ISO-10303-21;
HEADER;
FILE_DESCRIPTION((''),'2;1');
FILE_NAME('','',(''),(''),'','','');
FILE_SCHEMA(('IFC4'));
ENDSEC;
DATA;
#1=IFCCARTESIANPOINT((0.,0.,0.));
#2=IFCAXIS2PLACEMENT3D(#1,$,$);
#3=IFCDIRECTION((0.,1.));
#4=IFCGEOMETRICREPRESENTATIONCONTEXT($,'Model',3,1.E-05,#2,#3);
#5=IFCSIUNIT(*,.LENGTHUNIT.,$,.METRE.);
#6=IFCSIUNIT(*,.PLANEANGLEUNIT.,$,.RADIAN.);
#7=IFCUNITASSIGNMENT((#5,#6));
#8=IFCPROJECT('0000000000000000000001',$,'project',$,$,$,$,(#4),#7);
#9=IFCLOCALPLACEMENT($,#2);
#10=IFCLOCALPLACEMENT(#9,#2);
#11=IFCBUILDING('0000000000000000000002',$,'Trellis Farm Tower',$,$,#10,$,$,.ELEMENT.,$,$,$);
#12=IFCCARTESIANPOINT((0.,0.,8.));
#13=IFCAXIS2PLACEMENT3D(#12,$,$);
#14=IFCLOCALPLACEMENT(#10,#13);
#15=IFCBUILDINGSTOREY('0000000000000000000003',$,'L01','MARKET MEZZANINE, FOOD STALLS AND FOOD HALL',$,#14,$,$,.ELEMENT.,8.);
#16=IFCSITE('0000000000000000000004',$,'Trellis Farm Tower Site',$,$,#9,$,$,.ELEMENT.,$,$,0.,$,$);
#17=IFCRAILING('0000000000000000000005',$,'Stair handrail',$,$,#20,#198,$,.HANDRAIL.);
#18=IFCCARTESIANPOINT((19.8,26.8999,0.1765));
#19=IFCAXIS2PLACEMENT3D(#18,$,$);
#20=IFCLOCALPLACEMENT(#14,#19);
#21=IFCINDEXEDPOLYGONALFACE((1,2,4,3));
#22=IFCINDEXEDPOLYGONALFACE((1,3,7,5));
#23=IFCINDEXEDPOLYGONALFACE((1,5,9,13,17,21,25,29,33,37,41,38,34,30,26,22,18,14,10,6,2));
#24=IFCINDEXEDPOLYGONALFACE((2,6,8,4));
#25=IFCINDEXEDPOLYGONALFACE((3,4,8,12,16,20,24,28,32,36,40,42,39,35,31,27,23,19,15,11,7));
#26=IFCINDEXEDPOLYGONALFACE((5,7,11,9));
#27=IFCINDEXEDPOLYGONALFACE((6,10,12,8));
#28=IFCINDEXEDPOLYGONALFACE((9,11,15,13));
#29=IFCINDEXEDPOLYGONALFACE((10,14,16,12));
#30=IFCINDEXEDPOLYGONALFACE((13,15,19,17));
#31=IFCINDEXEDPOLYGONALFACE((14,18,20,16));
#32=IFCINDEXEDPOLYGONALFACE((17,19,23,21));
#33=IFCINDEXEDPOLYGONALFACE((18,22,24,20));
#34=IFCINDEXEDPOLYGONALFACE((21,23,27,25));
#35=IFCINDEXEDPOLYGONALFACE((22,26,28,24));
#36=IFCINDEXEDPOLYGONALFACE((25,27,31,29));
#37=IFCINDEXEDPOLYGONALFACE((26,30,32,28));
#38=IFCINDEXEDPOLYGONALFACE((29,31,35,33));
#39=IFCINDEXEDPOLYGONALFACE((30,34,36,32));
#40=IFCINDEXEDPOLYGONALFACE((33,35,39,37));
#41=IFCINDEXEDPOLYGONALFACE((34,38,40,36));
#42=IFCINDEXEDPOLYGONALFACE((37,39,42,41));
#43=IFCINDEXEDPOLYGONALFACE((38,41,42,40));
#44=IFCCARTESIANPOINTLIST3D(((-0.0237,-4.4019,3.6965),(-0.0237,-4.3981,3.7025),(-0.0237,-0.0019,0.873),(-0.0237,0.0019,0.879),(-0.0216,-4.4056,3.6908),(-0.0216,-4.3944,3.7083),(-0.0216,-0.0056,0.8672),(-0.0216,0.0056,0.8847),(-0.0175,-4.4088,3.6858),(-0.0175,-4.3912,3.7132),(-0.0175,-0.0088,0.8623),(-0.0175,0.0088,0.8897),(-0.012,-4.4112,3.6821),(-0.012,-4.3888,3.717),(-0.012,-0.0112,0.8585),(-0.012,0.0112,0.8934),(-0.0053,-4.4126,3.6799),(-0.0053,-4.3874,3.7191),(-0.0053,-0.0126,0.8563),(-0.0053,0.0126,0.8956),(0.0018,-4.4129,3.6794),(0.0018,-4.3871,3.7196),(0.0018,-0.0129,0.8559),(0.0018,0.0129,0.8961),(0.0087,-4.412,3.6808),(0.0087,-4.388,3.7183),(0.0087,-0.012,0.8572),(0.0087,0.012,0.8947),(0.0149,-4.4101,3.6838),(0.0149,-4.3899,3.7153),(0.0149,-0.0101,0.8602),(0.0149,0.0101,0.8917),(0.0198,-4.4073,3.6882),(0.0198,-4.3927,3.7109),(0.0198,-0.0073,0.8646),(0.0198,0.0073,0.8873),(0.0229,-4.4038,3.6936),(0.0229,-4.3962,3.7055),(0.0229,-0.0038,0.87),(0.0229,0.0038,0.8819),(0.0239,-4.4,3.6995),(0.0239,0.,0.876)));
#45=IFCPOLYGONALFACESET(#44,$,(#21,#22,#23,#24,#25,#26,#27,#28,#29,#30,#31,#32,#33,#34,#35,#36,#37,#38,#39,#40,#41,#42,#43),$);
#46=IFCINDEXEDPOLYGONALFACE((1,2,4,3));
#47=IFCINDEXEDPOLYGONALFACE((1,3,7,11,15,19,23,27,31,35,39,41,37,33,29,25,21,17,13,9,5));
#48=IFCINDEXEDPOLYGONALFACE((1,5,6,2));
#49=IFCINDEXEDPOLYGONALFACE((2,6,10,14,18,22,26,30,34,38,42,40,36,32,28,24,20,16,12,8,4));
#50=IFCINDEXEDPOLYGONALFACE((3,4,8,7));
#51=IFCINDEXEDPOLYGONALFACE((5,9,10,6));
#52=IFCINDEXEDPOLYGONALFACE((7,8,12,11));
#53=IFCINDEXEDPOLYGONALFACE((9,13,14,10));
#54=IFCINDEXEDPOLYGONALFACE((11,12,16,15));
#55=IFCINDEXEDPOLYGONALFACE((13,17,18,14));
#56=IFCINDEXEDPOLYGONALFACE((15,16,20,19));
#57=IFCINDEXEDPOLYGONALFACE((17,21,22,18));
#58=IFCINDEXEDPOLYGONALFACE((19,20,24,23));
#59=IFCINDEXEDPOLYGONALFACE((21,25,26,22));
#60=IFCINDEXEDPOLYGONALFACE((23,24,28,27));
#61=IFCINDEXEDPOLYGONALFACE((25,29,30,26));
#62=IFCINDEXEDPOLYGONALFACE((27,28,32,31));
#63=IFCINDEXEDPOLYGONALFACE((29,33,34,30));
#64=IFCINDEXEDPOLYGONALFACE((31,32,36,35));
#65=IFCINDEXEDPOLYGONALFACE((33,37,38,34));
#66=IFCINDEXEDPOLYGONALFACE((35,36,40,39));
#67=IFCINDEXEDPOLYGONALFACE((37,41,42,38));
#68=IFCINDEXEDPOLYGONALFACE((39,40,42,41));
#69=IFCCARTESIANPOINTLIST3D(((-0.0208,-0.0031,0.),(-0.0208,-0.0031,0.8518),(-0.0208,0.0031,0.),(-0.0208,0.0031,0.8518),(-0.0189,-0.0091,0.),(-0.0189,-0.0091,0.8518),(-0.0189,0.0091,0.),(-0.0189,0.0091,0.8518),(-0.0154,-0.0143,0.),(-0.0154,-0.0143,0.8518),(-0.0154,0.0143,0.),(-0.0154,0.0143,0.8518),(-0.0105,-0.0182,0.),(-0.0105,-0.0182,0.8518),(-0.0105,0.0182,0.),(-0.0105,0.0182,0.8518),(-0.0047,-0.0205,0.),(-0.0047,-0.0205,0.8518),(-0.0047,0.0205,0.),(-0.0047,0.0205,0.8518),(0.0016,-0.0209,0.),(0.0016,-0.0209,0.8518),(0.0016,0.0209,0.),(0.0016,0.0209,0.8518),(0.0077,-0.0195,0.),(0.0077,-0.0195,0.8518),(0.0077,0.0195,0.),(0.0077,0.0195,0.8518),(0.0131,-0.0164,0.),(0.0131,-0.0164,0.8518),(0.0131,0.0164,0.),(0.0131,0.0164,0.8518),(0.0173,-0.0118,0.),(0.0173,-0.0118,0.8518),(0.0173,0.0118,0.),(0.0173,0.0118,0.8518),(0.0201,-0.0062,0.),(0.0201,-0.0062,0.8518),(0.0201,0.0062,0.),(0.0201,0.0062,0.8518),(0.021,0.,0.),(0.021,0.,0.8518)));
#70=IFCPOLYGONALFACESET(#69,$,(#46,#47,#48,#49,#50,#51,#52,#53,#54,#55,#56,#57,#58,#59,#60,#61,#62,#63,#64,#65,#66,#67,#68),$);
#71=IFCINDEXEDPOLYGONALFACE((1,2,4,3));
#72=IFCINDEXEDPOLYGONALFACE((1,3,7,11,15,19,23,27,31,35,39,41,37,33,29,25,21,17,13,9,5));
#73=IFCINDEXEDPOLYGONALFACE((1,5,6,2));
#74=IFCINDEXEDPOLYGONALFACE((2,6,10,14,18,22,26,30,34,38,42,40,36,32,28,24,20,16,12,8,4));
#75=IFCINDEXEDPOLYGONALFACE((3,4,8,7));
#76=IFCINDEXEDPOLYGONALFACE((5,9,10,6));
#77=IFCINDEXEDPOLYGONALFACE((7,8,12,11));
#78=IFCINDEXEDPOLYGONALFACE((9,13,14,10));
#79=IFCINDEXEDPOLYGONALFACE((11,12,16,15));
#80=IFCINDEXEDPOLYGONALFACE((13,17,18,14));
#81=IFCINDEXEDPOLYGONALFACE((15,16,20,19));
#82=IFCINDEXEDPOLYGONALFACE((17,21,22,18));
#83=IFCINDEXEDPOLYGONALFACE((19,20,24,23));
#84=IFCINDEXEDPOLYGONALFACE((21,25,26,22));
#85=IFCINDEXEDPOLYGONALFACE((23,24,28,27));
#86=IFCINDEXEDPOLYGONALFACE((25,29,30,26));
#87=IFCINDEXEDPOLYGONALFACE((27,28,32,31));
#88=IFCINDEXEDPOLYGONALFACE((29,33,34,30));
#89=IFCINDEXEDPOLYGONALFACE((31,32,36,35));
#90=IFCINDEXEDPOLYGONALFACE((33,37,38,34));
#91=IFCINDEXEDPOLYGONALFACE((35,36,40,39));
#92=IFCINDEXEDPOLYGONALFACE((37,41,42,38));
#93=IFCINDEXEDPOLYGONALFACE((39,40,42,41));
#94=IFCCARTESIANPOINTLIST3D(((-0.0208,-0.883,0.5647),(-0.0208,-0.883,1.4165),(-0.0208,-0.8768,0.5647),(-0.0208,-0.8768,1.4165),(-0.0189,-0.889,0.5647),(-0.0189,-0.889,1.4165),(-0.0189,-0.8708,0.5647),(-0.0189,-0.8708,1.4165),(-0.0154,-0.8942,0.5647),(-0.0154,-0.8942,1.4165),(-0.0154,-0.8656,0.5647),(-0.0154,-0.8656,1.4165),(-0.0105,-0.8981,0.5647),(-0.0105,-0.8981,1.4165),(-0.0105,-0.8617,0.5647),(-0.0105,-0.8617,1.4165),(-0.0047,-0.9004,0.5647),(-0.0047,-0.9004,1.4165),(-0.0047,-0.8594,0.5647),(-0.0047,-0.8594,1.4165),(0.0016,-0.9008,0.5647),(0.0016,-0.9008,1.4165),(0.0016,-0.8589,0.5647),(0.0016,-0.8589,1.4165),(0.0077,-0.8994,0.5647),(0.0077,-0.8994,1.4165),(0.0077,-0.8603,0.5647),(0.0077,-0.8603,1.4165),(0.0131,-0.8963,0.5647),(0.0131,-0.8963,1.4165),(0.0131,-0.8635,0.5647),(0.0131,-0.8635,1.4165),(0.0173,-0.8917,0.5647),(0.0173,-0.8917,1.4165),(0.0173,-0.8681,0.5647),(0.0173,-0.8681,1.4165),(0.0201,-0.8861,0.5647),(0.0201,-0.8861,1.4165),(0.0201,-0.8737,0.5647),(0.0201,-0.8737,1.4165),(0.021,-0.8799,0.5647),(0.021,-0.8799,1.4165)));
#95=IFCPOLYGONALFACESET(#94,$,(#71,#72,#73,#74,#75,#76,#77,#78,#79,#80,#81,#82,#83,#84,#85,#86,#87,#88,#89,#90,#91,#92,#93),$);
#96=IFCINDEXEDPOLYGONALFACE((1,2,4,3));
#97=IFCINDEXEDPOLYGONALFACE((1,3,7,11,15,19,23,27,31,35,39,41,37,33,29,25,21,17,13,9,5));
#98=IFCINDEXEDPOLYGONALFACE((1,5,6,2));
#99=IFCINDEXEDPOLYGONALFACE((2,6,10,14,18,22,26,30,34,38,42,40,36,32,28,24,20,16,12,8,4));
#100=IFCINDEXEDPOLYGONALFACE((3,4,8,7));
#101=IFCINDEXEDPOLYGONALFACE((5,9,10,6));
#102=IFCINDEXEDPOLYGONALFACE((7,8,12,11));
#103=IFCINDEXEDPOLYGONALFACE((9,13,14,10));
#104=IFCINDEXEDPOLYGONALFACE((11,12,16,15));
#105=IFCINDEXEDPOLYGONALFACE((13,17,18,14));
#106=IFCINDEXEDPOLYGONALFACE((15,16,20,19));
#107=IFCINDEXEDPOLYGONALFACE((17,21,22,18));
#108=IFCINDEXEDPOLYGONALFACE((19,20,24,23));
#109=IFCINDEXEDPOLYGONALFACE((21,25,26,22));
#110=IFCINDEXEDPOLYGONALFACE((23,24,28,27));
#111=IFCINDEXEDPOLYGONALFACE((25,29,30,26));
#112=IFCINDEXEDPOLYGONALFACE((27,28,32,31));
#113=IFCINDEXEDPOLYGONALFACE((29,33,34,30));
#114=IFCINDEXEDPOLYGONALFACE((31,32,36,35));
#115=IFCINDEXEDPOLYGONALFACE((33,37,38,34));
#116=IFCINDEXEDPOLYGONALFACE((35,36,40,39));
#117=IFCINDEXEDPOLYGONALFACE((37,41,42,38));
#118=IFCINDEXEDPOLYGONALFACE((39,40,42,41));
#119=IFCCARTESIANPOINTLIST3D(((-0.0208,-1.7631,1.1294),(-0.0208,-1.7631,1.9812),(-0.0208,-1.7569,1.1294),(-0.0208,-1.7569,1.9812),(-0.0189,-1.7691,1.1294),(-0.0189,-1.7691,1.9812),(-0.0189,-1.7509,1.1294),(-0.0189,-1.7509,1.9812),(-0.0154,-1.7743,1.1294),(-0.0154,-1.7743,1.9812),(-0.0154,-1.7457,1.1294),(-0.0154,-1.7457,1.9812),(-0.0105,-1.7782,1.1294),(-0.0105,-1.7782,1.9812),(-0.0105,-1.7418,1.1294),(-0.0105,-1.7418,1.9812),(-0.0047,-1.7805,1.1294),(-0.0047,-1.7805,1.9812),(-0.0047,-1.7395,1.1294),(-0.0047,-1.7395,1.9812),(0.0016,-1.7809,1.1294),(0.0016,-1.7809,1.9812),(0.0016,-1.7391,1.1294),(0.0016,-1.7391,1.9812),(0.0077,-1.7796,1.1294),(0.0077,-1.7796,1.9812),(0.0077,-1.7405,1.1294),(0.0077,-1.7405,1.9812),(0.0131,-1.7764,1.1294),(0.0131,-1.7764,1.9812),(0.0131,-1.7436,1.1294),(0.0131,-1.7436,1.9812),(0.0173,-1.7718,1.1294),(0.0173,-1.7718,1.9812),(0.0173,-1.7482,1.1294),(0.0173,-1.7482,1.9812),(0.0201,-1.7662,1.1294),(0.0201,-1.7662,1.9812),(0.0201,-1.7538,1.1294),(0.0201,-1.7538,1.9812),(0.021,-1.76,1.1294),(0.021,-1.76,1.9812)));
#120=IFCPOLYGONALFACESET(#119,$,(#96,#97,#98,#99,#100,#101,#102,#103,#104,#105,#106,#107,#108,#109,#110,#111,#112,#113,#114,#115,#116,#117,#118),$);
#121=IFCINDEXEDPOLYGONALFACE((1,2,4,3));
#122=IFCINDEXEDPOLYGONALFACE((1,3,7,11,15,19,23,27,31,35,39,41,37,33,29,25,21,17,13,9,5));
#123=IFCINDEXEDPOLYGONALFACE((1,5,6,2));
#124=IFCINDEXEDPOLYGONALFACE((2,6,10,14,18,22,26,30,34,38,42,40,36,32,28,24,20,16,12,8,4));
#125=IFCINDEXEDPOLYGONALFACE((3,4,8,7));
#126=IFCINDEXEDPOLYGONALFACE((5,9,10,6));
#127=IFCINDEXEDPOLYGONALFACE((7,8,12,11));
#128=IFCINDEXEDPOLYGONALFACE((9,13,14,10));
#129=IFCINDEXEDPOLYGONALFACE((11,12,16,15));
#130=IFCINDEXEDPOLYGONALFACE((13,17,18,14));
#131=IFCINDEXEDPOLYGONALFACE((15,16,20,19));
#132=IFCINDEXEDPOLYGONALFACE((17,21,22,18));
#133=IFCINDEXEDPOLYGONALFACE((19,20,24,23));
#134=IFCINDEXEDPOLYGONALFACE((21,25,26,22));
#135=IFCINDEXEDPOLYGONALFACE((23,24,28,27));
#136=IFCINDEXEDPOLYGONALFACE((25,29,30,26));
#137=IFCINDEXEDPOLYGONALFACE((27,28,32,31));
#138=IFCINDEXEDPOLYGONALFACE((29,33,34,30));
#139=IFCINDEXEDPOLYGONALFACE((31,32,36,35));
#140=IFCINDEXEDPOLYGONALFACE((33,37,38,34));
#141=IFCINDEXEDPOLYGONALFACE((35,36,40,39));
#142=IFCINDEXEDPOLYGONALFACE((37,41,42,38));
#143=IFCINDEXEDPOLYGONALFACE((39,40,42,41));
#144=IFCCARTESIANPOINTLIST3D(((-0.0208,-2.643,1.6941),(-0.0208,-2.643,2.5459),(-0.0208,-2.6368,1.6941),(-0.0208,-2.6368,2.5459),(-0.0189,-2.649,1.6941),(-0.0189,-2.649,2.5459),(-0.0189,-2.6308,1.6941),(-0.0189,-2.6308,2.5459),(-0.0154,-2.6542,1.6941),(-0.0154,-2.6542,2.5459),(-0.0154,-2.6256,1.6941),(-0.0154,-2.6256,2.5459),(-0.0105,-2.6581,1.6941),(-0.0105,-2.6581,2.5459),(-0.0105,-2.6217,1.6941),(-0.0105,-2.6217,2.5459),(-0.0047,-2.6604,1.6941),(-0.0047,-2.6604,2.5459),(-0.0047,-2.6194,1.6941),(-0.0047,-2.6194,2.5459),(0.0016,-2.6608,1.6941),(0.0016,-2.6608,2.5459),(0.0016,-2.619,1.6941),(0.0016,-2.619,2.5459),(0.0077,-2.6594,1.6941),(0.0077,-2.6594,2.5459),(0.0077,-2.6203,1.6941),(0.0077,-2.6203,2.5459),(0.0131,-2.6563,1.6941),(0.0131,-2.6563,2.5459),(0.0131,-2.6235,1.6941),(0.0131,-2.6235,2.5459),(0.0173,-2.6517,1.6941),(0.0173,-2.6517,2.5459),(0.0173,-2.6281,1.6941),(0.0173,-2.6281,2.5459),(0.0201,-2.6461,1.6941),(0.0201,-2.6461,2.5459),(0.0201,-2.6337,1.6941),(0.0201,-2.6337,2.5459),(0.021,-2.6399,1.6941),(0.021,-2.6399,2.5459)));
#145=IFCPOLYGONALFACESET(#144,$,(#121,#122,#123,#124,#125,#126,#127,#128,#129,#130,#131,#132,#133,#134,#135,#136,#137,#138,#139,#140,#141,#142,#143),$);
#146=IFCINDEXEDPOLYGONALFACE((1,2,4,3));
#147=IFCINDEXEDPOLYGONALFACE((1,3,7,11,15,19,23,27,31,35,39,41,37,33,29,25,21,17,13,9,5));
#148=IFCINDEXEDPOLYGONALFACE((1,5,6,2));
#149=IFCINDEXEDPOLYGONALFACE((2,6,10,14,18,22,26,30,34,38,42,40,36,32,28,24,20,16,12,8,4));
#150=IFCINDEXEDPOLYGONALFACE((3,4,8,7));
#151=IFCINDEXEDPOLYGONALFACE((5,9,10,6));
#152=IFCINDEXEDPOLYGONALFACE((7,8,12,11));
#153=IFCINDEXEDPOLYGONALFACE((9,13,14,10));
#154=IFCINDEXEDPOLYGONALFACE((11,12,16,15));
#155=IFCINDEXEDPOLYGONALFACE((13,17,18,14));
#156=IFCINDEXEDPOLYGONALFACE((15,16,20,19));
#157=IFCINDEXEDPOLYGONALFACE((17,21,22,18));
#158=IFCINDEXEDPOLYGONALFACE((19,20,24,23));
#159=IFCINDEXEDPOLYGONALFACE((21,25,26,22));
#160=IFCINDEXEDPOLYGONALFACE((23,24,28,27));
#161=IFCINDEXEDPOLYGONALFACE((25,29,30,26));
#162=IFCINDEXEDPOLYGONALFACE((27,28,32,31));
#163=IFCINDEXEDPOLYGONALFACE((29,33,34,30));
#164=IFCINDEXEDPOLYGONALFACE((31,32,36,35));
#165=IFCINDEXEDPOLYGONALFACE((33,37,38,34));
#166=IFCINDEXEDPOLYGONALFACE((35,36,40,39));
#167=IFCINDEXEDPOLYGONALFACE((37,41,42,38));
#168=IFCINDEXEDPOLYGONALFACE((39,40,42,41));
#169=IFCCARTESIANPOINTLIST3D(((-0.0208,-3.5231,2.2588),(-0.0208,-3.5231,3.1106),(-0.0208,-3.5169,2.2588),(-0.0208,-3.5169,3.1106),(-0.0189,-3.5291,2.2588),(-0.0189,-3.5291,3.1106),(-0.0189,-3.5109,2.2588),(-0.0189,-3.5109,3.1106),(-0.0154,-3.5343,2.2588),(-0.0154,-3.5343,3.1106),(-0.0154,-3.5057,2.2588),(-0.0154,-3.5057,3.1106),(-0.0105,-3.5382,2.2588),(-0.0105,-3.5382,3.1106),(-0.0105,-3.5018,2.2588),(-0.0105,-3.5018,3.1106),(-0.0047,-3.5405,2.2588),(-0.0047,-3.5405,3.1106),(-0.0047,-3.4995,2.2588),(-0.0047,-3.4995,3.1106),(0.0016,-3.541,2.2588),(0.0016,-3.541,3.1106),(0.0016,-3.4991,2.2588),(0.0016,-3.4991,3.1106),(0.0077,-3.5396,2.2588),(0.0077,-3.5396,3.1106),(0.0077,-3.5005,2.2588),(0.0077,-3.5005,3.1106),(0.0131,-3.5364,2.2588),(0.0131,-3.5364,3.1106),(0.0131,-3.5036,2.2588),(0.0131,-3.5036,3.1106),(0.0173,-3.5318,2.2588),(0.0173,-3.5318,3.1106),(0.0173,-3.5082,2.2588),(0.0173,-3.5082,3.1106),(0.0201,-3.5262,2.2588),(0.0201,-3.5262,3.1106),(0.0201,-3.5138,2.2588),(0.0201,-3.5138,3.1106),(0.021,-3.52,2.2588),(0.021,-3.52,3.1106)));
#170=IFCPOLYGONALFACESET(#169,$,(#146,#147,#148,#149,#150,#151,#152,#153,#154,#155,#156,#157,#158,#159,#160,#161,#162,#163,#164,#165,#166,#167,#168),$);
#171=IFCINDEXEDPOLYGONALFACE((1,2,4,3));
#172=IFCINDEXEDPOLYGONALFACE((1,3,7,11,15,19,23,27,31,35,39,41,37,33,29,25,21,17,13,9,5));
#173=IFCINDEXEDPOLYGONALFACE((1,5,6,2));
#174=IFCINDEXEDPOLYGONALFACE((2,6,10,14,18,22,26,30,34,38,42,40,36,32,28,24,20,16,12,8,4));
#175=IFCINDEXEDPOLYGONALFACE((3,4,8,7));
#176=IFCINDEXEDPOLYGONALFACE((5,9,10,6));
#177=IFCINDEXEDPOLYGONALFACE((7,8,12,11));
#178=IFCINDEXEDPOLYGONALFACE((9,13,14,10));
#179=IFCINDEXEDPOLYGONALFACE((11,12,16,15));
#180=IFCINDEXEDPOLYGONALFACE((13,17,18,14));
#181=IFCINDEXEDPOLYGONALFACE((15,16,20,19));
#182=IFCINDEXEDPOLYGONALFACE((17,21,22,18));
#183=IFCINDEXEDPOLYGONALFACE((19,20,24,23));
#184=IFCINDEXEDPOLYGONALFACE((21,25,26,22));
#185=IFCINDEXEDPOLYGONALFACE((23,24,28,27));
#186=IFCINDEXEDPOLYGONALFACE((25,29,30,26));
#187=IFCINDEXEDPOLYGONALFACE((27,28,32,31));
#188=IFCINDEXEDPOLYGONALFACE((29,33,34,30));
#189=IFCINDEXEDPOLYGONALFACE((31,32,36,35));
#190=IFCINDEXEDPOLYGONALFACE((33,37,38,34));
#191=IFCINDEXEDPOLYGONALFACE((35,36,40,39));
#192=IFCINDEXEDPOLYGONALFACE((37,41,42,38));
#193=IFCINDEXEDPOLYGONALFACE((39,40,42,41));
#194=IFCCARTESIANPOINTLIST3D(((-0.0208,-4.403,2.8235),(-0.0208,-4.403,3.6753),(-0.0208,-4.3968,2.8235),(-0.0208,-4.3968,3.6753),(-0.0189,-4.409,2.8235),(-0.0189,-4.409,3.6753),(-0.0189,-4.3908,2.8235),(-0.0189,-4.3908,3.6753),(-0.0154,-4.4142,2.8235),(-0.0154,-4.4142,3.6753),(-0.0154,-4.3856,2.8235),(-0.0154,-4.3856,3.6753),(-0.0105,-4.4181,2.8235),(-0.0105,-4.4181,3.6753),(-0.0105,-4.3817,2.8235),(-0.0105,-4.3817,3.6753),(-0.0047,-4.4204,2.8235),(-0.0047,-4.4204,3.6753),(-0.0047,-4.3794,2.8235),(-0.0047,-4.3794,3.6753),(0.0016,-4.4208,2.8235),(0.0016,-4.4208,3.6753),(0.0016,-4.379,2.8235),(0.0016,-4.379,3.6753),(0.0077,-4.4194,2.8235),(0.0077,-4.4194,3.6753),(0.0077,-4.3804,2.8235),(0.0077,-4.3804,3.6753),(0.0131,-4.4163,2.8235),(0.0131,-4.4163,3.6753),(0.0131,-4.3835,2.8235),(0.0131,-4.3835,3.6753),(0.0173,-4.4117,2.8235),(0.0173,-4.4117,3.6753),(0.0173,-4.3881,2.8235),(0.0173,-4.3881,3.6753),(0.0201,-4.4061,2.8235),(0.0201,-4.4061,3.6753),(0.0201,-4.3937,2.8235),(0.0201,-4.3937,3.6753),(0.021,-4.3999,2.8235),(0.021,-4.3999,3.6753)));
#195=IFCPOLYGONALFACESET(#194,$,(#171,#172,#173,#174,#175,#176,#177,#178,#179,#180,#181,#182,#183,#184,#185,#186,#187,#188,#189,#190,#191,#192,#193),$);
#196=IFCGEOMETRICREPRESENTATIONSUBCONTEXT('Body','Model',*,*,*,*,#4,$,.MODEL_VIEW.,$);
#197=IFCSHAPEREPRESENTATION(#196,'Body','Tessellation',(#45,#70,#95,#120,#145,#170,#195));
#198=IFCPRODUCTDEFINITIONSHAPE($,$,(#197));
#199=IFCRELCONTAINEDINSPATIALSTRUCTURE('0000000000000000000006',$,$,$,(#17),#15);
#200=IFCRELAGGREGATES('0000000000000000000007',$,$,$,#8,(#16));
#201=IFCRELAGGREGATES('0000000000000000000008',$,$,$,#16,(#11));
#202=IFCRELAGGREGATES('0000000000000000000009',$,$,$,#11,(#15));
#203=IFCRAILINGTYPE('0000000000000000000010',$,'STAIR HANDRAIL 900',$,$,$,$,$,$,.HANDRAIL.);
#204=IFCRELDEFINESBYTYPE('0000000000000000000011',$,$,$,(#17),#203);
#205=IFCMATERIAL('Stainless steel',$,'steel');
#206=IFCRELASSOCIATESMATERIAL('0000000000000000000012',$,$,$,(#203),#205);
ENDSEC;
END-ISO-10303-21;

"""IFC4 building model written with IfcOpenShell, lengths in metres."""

from ifc_helpers import new_model, si_unit, direction, frame, origin, origin_2d, place, context, subcontext, project, spatial, circle, extrude, source, transform, mapped, material, type_object, element, save


model = new_model("IFC4")

# Units and contexts
model_context = context("Model", 3, precision=1e-05, world=origin(), true_north=direction((0.0, 1.0)))
body_context = subcontext(model_context, "Body", "Model", "MODEL_VIEW")
ifc_project = project(units=[si_unit("LENGTHUNIT", "METRE"), si_unit("PLANEANGLEUNIT", "RADIAN")], contexts=[model_context])

# Site, building, storey
site_placement = place(None, origin())
site = spatial("IfcSite", under=ifc_project, at=site_placement, Name="Trellis Farm Tower Site", CompositionType="ELEMENT", RefElevation=0.0)
building_placement = place(site_placement, origin())
building = spatial("IfcBuilding", under=site, at=building_placement, Name="Trellis Farm Tower", CompositionType="ELEMENT")
storey_placement = place(building_placement, frame((0.0, 0.0, 8.0)))
storey = spatial("IfcBuildingStorey", under=building, at=storey_placement, Name="L01", Description="MARKET MEZZANINE, FOOD STALLS AND FOOD HALL", CompositionType="ELEMENT", Elevation=8.0)

# Railing
ifc_material_1 = material(Name="Stainless steel", Category="steel")
railing_type = type_object("IfcRailingType", Name="STAIR HANDRAIL 900", PredefinedType="HANDRAIL", material=ifc_material_1)
shared_shape_1 = source(origin(), body_context, "Body", "SweptSolid", [
    extrude(circle(Radius=0.0239, at=origin_2d()), frame((0.0, 0.0, 0.876), z_axis=(0.0, -0.841615, 0.540078), x_axis=(1.0, 0.0, 0.0)), (0.0, 0.0, 1.0), 5.228),
    extrude(circle(Radius=0.021, at=origin_2d()), origin(), (0.0, 0.0, 1.0), 0.8518),
    extrude(circle(Radius=0.021, at=origin_2d()), frame((0.0, -0.8799, 0.5647)), (0.0, 0.0, 1.0), 0.8518),
    extrude(circle(Radius=0.021, at=origin_2d()), frame((0.0, -1.76, 1.1294)), (0.0, 0.0, 1.0), 0.8518),
    extrude(circle(Radius=0.021, at=origin_2d()), frame((0.0, -2.6399, 1.6941)), (0.0, 0.0, 1.0), 0.8518),
    extrude(circle(Radius=0.021, at=origin_2d()), frame((0.0, -3.52, 2.2588)), (0.0, 0.0, 1.0), 0.8518),
    extrude(circle(Radius=0.021, at=origin_2d()), frame((0.0, -4.3999, 2.8235)), (0.0, 0.0, 1.0), 0.8518),
])
for number, where, name in (
    (1, (19.8, 26.8999, 0.1765), "Stair handrail"),
):
    element("IfcRailing", number, at=place(storey_placement, frame(where)), inside=storey, type_object=railing_type, Name=name, PredefinedType="HANDRAIL", context=body_context, shape_type="MappedRepresentation", body=[
        mapped(shared_shape_1, transform((0.0, 0.0, 0.0))),
    ])

save(model, "model.ifc")
